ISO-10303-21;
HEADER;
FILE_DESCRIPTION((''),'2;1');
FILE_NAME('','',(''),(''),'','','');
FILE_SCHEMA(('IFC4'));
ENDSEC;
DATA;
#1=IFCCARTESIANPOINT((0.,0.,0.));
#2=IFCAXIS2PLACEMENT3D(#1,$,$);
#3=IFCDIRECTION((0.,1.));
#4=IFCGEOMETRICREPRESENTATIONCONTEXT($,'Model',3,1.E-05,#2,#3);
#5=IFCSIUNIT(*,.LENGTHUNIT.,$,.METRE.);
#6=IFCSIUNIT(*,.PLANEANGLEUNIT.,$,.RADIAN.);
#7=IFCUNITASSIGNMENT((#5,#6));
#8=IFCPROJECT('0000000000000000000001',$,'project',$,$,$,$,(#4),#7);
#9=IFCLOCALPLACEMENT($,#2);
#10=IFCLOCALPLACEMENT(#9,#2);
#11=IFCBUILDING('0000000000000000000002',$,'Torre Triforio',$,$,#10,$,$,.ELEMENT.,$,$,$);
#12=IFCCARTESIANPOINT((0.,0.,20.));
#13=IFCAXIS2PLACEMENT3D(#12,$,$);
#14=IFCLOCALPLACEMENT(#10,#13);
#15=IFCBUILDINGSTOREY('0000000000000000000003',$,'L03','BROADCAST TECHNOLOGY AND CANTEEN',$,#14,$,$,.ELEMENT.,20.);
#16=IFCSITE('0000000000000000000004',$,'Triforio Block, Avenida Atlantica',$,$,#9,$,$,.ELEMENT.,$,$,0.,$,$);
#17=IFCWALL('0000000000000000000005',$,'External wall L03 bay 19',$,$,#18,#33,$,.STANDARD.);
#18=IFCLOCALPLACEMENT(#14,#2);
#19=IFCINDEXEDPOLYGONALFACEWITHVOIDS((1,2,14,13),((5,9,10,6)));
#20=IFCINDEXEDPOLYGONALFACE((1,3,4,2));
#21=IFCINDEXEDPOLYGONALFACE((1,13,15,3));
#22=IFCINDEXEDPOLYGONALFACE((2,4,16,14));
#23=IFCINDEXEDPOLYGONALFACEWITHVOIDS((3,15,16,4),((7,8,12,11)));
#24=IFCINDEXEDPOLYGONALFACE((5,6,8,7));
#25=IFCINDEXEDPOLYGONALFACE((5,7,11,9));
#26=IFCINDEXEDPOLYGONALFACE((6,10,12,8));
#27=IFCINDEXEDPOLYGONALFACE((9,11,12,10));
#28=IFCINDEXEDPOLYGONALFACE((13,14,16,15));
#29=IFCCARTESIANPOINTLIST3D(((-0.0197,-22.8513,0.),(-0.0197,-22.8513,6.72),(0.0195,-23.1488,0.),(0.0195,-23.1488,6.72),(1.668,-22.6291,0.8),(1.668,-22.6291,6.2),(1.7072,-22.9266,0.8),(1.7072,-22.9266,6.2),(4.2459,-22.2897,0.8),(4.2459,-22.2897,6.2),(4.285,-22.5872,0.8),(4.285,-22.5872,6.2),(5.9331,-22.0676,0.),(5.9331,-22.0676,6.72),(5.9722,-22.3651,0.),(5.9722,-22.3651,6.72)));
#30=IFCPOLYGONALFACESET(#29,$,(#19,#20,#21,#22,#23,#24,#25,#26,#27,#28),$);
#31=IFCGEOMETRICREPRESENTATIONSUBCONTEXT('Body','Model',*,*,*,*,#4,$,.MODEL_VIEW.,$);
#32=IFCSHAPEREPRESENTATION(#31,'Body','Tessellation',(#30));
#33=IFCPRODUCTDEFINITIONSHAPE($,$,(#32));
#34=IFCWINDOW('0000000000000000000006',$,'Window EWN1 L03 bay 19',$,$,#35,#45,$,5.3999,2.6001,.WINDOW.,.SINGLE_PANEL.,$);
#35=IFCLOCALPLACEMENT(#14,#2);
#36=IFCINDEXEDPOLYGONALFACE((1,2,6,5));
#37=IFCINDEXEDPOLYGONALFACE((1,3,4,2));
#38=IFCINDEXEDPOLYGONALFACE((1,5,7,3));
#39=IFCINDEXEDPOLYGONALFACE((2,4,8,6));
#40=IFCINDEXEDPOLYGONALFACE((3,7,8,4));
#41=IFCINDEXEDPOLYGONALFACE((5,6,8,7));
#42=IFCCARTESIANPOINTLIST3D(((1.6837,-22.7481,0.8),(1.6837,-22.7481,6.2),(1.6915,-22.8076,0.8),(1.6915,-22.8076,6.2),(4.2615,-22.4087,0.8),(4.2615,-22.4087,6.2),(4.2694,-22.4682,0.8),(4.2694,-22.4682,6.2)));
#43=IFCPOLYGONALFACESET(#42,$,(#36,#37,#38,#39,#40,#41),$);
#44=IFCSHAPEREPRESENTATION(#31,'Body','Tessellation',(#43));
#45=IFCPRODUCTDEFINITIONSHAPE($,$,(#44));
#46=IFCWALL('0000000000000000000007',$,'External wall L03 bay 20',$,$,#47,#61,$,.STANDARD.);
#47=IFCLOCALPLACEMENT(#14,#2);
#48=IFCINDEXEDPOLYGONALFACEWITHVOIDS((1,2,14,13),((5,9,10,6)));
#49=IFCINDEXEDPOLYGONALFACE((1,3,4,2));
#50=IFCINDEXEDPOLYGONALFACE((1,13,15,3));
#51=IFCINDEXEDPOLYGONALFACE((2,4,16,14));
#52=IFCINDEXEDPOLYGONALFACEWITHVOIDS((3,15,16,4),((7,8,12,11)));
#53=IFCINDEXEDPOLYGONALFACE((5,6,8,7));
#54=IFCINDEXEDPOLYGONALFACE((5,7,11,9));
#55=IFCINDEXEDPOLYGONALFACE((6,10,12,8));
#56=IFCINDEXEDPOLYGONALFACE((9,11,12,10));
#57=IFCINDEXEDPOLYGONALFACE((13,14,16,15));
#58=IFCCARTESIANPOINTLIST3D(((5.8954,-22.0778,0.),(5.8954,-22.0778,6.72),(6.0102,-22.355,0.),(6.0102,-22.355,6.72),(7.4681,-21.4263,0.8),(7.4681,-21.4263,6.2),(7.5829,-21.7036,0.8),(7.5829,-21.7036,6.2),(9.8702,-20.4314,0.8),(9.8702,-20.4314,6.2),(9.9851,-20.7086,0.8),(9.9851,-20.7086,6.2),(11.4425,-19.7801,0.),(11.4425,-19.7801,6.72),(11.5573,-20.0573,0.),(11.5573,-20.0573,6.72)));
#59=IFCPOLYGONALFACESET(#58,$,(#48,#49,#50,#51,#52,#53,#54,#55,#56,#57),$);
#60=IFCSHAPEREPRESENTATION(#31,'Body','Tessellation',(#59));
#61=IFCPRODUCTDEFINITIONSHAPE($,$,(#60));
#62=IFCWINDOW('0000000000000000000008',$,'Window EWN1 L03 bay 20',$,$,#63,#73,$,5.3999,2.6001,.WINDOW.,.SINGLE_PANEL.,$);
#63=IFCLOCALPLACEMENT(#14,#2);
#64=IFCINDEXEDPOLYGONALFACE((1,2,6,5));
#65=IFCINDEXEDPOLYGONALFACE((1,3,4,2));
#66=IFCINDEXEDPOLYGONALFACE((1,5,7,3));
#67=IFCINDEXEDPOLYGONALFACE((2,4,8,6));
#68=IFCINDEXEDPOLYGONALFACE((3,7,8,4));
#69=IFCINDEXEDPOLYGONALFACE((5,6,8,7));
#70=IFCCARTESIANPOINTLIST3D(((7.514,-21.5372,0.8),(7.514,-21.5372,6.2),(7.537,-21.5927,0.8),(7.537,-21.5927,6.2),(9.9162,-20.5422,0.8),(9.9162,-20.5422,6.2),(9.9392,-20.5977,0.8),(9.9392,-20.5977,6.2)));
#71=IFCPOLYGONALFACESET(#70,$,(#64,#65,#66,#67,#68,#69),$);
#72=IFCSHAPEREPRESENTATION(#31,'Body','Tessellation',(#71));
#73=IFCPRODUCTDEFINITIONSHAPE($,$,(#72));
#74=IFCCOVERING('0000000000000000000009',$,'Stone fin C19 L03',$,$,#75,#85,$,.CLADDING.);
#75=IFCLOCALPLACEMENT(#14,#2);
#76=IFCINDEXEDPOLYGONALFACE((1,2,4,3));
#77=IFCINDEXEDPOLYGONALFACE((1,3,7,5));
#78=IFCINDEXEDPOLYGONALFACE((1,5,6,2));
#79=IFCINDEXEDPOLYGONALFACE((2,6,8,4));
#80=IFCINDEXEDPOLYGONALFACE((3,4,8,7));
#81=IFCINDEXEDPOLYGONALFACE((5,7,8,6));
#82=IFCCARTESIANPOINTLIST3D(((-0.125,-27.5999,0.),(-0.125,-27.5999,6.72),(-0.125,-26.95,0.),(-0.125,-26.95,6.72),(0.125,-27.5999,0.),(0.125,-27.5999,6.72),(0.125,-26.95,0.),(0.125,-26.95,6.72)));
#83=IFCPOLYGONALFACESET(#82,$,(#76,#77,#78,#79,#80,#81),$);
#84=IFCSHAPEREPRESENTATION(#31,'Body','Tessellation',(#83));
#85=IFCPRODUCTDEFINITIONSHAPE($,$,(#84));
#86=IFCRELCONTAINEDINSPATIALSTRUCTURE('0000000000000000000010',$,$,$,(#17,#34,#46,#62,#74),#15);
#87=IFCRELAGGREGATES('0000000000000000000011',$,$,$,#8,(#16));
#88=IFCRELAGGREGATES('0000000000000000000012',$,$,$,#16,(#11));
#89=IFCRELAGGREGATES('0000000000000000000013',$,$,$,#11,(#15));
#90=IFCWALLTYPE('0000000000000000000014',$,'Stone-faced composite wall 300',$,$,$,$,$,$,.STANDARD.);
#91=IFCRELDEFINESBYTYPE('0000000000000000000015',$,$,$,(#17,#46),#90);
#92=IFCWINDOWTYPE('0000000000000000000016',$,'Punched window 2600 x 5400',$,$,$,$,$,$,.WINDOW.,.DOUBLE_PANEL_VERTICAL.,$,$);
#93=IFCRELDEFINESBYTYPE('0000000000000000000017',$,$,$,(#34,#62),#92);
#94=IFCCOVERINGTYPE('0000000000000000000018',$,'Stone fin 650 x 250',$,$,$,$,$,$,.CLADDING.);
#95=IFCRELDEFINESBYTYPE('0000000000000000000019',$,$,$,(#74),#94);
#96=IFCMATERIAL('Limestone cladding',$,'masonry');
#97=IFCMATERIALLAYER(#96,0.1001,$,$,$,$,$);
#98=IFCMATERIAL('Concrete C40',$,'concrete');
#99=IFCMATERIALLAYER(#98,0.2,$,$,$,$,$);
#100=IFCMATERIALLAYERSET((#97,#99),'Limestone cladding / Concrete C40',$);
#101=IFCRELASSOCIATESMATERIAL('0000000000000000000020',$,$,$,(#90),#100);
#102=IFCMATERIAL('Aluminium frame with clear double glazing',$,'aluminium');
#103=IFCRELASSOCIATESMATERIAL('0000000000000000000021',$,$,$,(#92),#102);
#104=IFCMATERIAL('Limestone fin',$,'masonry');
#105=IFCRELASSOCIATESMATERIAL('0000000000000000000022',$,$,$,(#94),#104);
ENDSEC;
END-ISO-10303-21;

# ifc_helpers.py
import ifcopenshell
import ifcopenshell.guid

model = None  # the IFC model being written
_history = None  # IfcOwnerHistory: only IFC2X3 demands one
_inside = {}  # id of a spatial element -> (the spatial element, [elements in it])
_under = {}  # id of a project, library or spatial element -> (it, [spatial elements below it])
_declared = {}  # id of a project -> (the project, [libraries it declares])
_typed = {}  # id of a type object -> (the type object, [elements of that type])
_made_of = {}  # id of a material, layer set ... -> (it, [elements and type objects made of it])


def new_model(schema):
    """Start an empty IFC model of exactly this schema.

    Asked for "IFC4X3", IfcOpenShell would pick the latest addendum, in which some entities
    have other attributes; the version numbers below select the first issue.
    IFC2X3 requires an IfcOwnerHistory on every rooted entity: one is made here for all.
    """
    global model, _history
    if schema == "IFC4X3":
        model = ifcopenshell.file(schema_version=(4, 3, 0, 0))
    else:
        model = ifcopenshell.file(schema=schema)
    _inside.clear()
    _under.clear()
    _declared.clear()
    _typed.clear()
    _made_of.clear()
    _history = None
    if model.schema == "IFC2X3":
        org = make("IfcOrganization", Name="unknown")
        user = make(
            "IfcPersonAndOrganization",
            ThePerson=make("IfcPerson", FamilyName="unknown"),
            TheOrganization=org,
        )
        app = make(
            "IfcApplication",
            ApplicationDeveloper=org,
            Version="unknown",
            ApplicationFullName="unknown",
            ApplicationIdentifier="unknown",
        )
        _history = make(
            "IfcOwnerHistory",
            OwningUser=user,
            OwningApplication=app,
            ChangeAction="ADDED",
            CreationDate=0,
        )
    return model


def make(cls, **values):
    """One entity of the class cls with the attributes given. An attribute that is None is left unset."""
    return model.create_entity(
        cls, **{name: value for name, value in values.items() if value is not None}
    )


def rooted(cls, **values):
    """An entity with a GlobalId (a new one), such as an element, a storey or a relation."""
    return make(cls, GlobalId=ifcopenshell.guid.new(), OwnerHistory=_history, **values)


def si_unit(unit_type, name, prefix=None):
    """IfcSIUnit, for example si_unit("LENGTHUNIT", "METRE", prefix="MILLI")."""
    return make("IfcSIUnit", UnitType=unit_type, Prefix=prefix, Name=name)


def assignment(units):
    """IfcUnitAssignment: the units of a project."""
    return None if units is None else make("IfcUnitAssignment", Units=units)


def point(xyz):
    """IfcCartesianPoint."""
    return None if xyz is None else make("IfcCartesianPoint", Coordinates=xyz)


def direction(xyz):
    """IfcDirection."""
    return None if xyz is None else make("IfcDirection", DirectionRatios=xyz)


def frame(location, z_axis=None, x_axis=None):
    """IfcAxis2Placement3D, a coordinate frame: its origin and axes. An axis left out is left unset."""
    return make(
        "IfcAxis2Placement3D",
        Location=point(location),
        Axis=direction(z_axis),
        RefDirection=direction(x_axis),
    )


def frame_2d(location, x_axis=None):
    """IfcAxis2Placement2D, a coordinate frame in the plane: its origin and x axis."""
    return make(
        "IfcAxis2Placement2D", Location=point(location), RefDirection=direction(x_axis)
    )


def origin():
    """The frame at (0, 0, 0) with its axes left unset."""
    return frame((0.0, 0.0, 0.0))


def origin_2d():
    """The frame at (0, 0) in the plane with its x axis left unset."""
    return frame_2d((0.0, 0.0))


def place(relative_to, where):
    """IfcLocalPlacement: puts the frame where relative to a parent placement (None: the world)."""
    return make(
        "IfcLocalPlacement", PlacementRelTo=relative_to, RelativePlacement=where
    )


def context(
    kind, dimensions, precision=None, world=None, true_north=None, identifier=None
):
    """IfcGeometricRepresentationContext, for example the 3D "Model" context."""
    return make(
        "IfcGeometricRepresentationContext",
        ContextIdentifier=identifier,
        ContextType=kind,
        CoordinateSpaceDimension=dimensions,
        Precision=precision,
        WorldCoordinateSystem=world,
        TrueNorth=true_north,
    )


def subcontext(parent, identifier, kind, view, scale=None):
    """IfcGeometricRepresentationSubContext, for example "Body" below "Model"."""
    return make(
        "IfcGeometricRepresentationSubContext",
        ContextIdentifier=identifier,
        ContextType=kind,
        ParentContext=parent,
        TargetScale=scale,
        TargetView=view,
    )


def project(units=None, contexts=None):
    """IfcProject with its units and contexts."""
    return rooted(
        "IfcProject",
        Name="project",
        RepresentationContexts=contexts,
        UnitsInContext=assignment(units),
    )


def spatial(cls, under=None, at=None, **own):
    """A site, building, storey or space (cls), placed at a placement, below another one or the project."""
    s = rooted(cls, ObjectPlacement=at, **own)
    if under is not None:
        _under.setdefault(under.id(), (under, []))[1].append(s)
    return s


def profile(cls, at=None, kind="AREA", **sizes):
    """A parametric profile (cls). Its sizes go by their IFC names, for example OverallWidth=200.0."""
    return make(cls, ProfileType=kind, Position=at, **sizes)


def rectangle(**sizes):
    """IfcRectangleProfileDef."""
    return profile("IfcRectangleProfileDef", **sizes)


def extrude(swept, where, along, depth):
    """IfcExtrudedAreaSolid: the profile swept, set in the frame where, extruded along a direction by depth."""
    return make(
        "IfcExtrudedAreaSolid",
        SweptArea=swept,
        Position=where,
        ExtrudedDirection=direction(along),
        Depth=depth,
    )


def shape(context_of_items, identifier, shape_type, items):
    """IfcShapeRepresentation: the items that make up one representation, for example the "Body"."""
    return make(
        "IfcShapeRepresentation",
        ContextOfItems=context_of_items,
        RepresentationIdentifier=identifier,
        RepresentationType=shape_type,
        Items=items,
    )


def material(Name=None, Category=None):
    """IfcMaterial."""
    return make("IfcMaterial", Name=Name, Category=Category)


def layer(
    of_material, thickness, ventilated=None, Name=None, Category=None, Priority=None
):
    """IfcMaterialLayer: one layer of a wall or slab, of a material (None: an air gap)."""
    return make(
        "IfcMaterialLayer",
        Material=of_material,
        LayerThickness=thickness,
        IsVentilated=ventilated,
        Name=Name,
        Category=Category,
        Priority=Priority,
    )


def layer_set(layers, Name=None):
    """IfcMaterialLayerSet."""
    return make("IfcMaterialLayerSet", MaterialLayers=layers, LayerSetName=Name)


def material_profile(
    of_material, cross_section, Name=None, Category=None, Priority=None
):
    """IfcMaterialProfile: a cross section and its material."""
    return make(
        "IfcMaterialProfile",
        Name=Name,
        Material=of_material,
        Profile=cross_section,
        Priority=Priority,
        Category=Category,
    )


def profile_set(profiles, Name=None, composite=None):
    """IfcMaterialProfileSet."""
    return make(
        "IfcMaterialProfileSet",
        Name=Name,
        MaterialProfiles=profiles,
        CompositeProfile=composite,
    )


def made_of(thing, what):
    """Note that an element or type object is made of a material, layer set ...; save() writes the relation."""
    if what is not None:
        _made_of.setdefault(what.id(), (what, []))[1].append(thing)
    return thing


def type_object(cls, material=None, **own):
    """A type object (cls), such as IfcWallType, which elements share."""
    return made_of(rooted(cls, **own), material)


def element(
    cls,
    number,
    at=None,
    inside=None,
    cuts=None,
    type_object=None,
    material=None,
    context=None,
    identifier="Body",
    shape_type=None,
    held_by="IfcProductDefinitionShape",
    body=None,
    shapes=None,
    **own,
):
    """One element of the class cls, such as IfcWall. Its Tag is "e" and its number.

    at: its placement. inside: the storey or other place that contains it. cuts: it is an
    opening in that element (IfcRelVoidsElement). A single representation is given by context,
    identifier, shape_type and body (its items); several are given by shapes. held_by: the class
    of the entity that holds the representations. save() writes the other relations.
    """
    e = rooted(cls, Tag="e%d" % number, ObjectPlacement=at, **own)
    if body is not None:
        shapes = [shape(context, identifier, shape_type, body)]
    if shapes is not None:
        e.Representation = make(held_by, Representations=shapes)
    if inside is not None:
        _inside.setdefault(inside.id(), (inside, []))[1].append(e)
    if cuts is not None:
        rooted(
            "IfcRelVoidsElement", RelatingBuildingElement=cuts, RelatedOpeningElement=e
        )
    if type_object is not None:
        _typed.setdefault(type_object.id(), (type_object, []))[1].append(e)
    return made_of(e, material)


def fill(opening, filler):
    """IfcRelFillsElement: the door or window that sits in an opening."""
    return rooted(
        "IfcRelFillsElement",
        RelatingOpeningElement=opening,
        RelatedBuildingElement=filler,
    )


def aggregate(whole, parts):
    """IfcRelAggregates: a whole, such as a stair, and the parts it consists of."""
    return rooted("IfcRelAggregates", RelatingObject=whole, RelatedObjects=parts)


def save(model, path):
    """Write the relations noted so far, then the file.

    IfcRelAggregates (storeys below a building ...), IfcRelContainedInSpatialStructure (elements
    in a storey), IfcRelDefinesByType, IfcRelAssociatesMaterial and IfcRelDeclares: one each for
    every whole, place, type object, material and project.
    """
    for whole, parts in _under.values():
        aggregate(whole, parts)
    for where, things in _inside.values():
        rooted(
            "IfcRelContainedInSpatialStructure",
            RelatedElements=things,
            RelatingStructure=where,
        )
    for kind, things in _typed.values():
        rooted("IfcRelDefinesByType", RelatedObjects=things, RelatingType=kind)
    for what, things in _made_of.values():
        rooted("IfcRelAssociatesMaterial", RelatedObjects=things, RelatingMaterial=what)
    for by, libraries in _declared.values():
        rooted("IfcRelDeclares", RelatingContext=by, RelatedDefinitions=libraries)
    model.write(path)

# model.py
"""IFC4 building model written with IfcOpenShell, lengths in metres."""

from ifc_helpers import new_model, si_unit, direction, frame, frame_2d, origin, origin_2d, place, context, subcontext, project, spatial, rectangle, extrude, material, layer, layer_set, material_profile, profile_set, type_object, element, fill, save


model = new_model("IFC4")

# Units and contexts
model_context = context("Model", 3, precision=1e-05, world=origin(), true_north=direction((0.0, 1.0)))
body_context = subcontext(model_context, "Body", "Model", "MODEL_VIEW")
ifc_project = project(units=[si_unit("LENGTHUNIT", "METRE"), si_unit("PLANEANGLEUNIT", "RADIAN")], contexts=[model_context])

# Site, building, storey
site_placement = place(None, origin())
site = spatial("IfcSite", under=ifc_project, at=site_placement, Name="Triforio Block, Avenida Atlantica", CompositionType="ELEMENT", RefElevation=0.0)
building_placement = place(site_placement, origin())
building = spatial("IfcBuilding", under=site, at=building_placement, Name="Torre Triforio", CompositionType="ELEMENT")
storey_placement = place(building_placement, frame((0.0, 0.0, 20.0)))
storey = spatial("IfcBuildingStorey", under=building, at=storey_placement, Name="L03", Description="BROADCAST TECHNOLOGY AND CANTEEN", CompositionType="ELEMENT", Elevation=20.0)

# Shared definitions
ifc_material_1 = material(Name="Concrete C40", Category="concrete")

# Walls, openings, windows
ifc_material_2 = material(Name="Limestone cladding", Category="masonry")
ifc_layer_1 = layer(ifc_material_2, 0.1001)
ifc_layer_2 = layer(ifc_material_1, 0.2)
ifc_layer_set_1 = layer_set([ifc_layer_1, ifc_layer_2], Name="Limestone cladding / Concrete C40")
wall_type_1 = type_object("IfcWallType", Name="Stone-faced composite wall 300", PredefinedType="STANDARD", material=ifc_layer_set_1)
wall_1_placement = place(storey_placement, frame((0.0, -23.0, 0.0), z_axis=(0.0, 0.0, 1.0), x_axis=(0.991445, 0.130523, 0.0)))
wall_1 = element("IfcWall", 1, at=wall_1_placement, inside=storey, type_object=wall_type_1, Name="External wall L03 bay 19", PredefinedType="STANDARD", context=body_context, shape_type="SweptSolid", body=[
    extrude(rectangle(XDim=6.0042, YDim=0.3, at=frame_2d((3.002, 0.0))), origin(), (0.0, 0.0, 1.0), 6.72),
])
opening_1_placement = place(wall_1_placement, frame((1.7021, 0.0, 0.8)))
opening_1 = element("IfcOpeningElement", 2, at=opening_1_placement, cuts=wall_1, PredefinedType="OPENING", context=body_context, shape_type="SweptSolid", body=[
    extrude(rectangle(XDim=2.6001, YDim=5.3999, at=frame_2d((1.3, 2.7))), frame((0.0, 0.1599, 0.0), z_axis=(0.0, -1.0, 0.0), x_axis=(1.0, 0.0, 0.0)), (0.0, 0.0, 1.0), 0.3201),
])
ifc_material_3 = material(Name="Aluminium frame with clear double glazing", Category="aluminium")
window_type = type_object("IfcWindowType", Name="Punched window 2600 x 5400", PartitioningType="DOUBLE_PANEL_VERTICAL", PredefinedType="WINDOW", material=ifc_material_3)
window_1_placement = place(opening_1_placement, origin())
window_1 = element("IfcWindow", 3, at=window_1_placement, inside=storey, type_object=window_type, Name="Window EWN1 L03 bay 19", OverallHeight=5.3999, OverallWidth=2.6001, PartitioningType="SINGLE_PANEL", PredefinedType="WINDOW", context=body_context, shape_type="SweptSolid", body=[
    extrude(rectangle(XDim=2.6001, YDim=5.3999, at=frame_2d((1.3, 2.7))), frame((0.0, 0.03, 0.0), z_axis=(0.0, -1.0, 0.0), x_axis=(1.0, 0.0, 0.0)), (0.0, 0.0, 1.0), 0.0601),
])
fill(opening_1, window_1)
wall_2_placement = place(storey_placement, frame((5.9529, -22.2163, 0.0), z_axis=(0.0, 0.0, 1.0), x_axis=(0.923885, 0.382671, 0.0)))
wall_2 = element("IfcWall", 4, at=wall_2_placement, inside=storey, type_object=wall_type_1, Name="External wall L03 bay 20", PredefinedType="STANDARD", context=body_context, shape_type="SweptSolid", body=[
    extrude(rectangle(XDim=6.0042, YDim=0.3, at=frame_2d((3.002, 0.0))), origin(), (0.0, 0.0, 1.0), 6.72),
])
opening_2_placement = place(wall_2_placement, frame((1.7021, 0.0, 0.8)))
opening_2 = element("IfcOpeningElement", 5, at=opening_2_placement, cuts=wall_2, PredefinedType="OPENING", context=body_context, shape_type="SweptSolid", body=[
    extrude(rectangle(XDim=2.6001, YDim=5.3999, at=frame_2d((1.3, 2.7))), frame((0.0, 0.1599, 0.0), z_axis=(0.0, -1.0, 0.0), x_axis=(1.0, 0.0, 0.0)), (0.0, 0.0, 1.0), 0.3201),
])
window_2_placement = place(opening_2_placement, origin())
window_2 = element("IfcWindow", 6, at=window_2_placement, inside=storey, type_object=window_type, Name="Window EWN1 L03 bay 20", OverallHeight=5.3999, OverallWidth=2.6001, PartitioningType="SINGLE_PANEL", PredefinedType="WINDOW", context=body_context, shape_type="SweptSolid", body=[
    extrude(rectangle(XDim=2.6001, YDim=5.3999, at=frame_2d((1.3, 2.7))), frame((0.0, 0.03, 0.0), z_axis=(0.0, -1.0, 0.0), x_axis=(1.0, 0.0, 0.0)), (0.0, 0.0, 1.0), 0.0601),
])
fill(opening_2, window_2)

# Covering
ifc_material_4 = material(Name="Limestone fin", Category="masonry")
ifc_material_profile_1 = material_profile(ifc_material_4, rectangle(XDim=0.6499, YDim=0.25, at=origin_2d()), Name="FIN 650x250")
ifc_profile_set_1 = profile_set([ifc_material_profile_1], Name="Limestone fin")
covering_type = type_object("IfcCoveringType", Name="Stone fin 650 x 250", PredefinedType="CLADDING", material=ifc_profile_set_1)
covering_placement = place(storey_placement, frame((0.0, -27.2749, 0.0), z_axis=(0.0, 0.0, 1.0), x_axis=(0.0, -1.0, 0.0)))
element("IfcCovering", 7, at=covering_placement, inside=storey, type_object=covering_type, Name="Stone fin C19 L03", PredefinedType="CLADDING", context=body_context, shape_type="SweptSolid", body=[
    extrude(rectangle(XDim=0.6499, YDim=0.25, at=origin_2d()), origin(), (0.0, 0.0, 1.0), 6.72),
])

save(model, "model.ifc")
